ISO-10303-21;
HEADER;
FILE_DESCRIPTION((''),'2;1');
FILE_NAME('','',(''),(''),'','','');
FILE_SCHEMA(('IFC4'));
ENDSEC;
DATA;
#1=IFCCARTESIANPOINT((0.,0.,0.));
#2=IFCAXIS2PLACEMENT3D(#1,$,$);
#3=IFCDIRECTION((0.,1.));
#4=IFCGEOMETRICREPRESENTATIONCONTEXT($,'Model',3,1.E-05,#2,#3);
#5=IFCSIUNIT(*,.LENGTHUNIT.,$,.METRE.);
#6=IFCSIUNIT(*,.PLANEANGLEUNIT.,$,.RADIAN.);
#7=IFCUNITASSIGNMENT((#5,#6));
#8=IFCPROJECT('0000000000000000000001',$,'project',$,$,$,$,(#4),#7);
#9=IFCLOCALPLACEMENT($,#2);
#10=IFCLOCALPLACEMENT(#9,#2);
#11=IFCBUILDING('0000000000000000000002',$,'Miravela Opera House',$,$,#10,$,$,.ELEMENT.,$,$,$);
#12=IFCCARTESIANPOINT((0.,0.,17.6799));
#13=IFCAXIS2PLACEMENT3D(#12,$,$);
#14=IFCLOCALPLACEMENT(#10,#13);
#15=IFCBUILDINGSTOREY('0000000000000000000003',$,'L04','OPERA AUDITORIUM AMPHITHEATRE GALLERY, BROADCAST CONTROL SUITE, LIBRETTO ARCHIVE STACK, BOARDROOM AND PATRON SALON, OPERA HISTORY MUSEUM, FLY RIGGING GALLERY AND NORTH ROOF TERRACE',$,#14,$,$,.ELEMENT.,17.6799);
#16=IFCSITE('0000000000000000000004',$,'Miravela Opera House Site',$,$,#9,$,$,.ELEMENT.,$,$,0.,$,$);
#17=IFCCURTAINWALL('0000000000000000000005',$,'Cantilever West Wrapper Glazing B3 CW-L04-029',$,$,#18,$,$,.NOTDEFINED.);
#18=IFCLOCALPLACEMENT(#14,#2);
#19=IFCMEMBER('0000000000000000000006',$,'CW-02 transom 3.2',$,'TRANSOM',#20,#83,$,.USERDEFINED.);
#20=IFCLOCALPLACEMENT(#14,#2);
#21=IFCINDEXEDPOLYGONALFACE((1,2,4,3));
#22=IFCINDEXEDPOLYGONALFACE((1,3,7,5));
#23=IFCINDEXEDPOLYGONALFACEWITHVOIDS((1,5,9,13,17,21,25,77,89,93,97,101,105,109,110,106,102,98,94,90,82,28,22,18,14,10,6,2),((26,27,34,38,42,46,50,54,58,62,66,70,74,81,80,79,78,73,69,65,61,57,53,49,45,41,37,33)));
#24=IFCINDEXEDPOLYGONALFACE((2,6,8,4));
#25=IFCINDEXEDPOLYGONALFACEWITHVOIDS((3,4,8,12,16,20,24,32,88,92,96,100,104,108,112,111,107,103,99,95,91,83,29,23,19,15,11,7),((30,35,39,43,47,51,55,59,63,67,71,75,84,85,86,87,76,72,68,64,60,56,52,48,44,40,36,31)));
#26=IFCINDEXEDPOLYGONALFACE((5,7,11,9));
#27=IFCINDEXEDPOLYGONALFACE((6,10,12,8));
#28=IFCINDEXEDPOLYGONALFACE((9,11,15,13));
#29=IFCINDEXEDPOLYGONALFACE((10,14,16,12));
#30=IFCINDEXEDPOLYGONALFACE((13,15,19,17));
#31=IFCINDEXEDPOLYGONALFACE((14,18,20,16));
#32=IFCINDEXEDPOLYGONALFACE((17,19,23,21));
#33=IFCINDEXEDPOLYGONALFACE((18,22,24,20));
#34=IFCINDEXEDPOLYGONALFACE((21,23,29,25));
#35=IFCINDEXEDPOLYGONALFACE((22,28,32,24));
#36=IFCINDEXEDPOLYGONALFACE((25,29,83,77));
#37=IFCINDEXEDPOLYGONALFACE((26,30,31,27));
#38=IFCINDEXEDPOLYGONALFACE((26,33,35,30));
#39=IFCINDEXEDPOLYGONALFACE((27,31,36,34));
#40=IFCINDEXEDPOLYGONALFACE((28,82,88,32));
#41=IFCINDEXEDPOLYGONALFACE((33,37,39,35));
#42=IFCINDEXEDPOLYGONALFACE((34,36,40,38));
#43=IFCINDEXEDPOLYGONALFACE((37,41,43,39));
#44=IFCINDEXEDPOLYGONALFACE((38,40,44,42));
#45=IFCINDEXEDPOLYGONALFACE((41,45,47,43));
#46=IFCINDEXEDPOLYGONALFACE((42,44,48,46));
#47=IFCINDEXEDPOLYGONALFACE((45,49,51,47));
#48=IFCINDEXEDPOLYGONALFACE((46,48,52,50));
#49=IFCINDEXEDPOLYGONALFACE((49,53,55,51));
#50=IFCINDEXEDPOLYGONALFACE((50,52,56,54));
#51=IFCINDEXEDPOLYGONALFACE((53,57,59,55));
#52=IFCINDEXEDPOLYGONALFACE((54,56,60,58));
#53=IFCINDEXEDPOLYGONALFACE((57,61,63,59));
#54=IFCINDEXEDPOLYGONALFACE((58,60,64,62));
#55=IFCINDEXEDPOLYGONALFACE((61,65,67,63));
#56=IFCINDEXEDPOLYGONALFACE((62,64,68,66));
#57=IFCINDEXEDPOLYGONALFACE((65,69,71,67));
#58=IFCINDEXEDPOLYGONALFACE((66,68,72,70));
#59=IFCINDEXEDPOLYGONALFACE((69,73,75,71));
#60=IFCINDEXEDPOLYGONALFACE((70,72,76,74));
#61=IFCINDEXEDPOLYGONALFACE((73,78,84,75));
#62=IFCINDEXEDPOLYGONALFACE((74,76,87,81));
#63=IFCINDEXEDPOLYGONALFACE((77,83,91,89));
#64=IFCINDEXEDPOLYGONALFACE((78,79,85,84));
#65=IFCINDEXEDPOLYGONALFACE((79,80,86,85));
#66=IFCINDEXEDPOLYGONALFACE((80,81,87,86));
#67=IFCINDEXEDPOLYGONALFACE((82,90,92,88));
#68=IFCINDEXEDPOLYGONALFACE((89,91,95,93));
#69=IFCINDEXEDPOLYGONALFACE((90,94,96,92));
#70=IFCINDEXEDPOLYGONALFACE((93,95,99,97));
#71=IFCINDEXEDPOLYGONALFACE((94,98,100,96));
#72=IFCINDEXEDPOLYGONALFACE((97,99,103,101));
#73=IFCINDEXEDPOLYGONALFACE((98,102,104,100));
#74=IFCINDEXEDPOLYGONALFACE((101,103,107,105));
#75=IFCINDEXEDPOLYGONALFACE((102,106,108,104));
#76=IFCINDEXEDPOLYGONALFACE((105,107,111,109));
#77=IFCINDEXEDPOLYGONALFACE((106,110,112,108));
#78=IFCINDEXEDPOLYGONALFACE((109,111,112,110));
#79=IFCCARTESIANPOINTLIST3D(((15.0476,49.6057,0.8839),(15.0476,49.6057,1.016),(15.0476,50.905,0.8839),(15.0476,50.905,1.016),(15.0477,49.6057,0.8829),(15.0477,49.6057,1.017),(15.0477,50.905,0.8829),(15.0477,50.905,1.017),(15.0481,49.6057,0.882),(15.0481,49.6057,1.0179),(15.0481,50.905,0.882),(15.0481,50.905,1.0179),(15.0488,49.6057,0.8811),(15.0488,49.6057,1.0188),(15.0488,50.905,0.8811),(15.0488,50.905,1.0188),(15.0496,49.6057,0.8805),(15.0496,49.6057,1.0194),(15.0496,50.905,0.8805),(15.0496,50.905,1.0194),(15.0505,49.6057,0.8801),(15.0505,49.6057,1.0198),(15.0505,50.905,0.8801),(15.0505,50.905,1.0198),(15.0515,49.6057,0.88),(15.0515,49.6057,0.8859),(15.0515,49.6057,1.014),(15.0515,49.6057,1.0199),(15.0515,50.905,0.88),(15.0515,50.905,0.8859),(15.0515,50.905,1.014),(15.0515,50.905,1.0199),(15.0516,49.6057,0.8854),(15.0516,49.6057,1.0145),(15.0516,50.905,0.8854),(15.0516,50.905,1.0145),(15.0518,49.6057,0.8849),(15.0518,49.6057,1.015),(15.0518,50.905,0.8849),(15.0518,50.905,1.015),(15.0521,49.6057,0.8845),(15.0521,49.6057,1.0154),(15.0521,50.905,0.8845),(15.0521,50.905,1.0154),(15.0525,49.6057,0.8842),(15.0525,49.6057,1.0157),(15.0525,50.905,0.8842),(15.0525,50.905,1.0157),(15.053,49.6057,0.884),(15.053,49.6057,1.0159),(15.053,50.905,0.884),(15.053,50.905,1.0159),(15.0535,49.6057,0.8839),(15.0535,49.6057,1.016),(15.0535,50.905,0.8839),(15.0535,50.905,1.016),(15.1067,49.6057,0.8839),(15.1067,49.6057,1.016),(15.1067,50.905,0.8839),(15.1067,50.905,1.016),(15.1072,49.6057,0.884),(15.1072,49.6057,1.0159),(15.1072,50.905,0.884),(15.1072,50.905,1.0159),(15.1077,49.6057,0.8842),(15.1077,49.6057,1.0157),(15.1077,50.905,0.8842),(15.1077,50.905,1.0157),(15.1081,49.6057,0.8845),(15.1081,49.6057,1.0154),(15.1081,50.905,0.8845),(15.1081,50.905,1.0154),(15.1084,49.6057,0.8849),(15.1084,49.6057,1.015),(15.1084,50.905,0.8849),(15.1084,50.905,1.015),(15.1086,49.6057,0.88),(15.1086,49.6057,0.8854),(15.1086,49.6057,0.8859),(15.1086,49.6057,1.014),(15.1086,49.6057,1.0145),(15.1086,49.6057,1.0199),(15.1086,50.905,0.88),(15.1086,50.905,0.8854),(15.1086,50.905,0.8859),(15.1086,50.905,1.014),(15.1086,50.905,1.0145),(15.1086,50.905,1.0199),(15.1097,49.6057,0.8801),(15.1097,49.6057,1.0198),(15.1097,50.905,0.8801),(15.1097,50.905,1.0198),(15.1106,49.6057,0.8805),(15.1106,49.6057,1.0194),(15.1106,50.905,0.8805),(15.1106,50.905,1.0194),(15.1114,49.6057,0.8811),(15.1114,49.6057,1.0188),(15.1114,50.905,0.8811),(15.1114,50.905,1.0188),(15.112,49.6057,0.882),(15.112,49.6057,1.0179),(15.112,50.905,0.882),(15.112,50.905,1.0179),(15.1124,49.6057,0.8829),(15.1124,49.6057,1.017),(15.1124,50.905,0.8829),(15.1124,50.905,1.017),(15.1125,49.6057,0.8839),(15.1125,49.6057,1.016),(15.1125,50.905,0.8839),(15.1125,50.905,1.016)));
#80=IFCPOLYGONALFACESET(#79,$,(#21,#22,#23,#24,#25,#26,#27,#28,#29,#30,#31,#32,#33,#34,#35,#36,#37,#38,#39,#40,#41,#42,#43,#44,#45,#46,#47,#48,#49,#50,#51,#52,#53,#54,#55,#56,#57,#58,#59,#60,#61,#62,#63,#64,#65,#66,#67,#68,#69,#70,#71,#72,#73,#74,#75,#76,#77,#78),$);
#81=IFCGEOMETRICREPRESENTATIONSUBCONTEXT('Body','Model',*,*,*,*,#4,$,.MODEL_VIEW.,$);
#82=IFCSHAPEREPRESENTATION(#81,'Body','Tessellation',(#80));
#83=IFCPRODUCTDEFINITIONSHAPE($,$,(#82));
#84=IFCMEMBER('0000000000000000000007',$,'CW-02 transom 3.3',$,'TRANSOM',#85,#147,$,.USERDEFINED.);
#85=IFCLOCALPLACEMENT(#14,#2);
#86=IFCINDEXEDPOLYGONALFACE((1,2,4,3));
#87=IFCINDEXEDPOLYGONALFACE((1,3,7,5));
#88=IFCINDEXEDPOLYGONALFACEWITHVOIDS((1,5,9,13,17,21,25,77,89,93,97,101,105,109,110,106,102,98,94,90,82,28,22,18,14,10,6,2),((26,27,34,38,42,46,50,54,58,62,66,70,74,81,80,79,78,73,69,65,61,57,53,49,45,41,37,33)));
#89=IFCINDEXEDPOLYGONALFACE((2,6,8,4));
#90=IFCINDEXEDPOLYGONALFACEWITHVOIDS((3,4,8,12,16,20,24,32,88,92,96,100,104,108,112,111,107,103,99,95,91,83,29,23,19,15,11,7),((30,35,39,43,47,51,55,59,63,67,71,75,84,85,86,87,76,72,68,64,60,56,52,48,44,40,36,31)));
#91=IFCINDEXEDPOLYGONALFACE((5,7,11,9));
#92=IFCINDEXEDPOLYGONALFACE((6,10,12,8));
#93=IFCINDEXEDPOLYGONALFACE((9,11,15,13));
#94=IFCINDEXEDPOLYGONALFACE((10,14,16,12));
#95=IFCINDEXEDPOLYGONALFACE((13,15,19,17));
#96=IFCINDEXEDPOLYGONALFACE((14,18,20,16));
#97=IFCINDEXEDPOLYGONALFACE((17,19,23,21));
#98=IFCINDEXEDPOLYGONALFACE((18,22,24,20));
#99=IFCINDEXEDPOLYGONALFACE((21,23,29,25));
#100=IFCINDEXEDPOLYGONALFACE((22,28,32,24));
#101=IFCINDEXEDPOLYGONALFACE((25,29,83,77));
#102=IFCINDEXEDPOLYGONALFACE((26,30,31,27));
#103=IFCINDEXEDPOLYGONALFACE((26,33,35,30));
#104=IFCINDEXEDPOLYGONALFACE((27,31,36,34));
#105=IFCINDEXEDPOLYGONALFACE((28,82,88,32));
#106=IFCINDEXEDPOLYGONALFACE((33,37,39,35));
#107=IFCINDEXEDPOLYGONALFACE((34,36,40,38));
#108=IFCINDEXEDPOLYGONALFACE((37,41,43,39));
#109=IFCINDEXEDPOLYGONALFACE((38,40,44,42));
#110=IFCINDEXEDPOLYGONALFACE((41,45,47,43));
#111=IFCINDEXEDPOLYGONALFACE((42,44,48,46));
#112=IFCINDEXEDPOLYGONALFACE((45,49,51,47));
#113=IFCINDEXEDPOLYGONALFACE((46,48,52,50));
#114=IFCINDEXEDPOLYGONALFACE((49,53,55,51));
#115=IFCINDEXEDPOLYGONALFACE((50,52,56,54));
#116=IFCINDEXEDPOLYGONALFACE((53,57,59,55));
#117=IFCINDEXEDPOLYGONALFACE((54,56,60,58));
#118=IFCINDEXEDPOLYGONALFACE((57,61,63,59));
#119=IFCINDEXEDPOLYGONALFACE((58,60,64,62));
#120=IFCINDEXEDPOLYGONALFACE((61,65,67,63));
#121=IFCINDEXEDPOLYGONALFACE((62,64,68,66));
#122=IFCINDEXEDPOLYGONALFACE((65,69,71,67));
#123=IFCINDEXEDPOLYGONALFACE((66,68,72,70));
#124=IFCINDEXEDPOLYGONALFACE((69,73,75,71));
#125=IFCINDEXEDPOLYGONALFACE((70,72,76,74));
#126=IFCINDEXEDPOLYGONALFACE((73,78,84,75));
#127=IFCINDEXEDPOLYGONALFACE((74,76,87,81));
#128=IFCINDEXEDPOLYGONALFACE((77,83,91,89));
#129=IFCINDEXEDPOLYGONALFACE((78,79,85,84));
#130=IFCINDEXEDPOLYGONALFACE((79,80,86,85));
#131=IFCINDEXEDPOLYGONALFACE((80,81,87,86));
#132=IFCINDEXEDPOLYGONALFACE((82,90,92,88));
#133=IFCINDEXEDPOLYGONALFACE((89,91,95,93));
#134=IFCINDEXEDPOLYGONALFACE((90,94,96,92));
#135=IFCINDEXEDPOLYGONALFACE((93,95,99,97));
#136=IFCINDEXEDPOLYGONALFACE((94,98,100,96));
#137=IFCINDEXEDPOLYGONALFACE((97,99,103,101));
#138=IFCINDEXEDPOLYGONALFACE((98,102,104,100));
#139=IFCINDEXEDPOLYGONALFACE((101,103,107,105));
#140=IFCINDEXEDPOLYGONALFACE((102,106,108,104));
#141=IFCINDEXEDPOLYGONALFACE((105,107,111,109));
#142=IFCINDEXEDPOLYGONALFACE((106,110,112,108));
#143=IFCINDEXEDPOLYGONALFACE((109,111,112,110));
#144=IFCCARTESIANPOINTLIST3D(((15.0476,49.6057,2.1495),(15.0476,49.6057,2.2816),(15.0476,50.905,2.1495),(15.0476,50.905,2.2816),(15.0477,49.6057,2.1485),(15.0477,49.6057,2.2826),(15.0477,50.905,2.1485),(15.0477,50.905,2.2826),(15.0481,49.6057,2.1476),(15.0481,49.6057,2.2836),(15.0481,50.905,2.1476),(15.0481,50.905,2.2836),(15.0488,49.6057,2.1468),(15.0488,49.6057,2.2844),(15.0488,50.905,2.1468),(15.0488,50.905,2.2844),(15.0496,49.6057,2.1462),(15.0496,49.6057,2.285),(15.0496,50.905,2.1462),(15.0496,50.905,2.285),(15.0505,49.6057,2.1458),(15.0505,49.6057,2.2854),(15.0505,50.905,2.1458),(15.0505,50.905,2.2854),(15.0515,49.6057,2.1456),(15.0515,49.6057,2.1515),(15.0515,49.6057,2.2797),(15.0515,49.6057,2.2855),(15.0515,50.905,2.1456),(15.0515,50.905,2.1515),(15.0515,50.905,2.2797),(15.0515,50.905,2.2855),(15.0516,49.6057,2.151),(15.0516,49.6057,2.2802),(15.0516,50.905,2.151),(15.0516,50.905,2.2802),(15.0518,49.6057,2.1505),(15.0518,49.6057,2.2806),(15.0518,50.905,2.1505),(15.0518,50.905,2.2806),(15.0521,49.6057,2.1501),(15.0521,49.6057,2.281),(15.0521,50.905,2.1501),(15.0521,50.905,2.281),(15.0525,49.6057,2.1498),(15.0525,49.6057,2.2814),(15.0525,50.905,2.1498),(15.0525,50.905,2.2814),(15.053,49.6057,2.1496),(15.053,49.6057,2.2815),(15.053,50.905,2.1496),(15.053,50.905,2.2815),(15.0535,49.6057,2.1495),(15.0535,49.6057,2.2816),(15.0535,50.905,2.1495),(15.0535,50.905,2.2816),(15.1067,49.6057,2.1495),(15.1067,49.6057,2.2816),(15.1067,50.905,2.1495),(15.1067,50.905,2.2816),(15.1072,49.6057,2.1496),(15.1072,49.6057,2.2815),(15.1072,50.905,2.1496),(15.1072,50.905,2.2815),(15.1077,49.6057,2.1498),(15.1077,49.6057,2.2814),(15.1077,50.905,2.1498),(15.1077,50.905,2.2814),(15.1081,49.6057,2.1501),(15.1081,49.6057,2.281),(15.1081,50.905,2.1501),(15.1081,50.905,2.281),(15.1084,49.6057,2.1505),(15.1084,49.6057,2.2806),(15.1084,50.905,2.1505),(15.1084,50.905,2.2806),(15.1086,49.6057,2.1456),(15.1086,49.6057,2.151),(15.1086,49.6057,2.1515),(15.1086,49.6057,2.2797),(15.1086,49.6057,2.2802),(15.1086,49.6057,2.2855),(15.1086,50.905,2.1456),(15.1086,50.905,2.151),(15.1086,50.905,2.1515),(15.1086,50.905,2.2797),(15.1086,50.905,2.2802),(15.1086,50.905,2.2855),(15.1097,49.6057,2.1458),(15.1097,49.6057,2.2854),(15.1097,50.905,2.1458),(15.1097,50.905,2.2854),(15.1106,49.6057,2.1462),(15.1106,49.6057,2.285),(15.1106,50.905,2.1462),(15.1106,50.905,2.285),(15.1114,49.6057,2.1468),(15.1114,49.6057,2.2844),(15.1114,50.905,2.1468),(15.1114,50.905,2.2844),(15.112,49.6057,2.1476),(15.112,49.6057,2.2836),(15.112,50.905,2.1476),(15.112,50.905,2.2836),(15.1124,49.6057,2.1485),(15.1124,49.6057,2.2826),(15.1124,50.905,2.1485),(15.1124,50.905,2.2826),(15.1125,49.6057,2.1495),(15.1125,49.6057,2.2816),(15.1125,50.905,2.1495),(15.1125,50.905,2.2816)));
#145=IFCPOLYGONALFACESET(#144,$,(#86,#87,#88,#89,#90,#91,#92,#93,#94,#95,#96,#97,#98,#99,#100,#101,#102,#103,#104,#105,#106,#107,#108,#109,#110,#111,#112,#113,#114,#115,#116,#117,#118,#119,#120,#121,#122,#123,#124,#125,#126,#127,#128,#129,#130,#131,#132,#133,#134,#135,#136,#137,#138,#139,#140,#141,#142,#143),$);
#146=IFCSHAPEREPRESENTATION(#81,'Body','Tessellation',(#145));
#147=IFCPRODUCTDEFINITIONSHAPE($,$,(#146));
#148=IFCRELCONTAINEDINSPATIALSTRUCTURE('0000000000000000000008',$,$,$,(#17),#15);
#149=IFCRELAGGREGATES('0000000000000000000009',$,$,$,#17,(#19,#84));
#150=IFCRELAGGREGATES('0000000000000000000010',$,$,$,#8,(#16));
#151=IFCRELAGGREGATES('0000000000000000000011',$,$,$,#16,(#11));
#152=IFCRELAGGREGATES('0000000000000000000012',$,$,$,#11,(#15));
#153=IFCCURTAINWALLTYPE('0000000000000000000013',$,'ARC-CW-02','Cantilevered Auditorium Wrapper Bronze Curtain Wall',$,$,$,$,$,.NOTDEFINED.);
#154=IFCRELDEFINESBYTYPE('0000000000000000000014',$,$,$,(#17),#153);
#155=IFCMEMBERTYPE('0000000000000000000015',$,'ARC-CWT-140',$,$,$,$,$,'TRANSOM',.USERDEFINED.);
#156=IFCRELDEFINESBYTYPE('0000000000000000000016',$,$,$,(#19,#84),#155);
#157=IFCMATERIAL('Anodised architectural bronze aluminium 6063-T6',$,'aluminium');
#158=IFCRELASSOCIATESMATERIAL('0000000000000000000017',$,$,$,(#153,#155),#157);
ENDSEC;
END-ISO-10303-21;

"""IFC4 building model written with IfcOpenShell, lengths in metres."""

from ifc_helpers import new_model, si_unit, direction, frame, origin, origin_2d, place, context, subcontext, project, spatial, hollow_rectangle, extrude, material, material_profile, profile_set, type_object, element, aggregate, save


model = new_model("IFC4")

# Units and contexts
model_context = context("Model", 3, precision=1e-05, world=origin(), true_north=direction((0.0, 1.0)))
body_context = subcontext(model_context, "Body", "Model", "MODEL_VIEW")
ifc_project = project(units=[si_unit("LENGTHUNIT", "METRE"), si_unit("PLANEANGLEUNIT", "RADIAN")], contexts=[model_context])

# Site, building, storey
site_placement = place(None, origin())
site = spatial("IfcSite", under=ifc_project, at=site_placement, Name="Miravela Opera House Site", CompositionType="ELEMENT", RefElevation=0.0)
building_placement = place(site_placement, origin())
building = spatial("IfcBuilding", under=site, at=building_placement, Name="Miravela Opera House", CompositionType="ELEMENT")
storey_placement = place(building_placement, frame((0.0, 0.0, 17.6799)))
storey = spatial("IfcBuildingStorey", under=building, at=storey_placement, Name="L04", Description="OPERA AUDITORIUM AMPHITHEATRE GALLERY, BROADCAST CONTROL SUITE, LIBRETTO ARCHIVE STACK, BOARDROOM AND PATRON SALON, OPERA HISTORY MUSEUM, FLY RIGGING GALLERY AND NORTH ROOF TERRACE", CompositionType="ELEMENT", Elevation=17.6799)

# Curtain wall
ifc_material_1 = material(Name="Anodised architectural bronze aluminium 6063-T6", Category="aluminium")
curtain_wall_type = type_object("IfcCurtainWallType", Name="ARC-CW-02", Description="Cantilevered Auditorium Wrapper Bronze Curtain Wall", PredefinedType="NOTDEFINED", material=ifc_material_1)
curtain_wall_1_placement = place(storey_placement, origin())
curtain_wall_1 = element("IfcCurtainWall", 1, at=curtain_wall_1_placement, inside=storey, type_object=curtain_wall_type, Name="Cantilever West Wrapper Glazing B3 CW-L04-029", PredefinedType="NOTDEFINED")

# Members
ifc_material_profile_1 = material_profile(ifc_material_1, hollow_rectangle(XDim=0.0649, YDim=0.1399, WallThickness=0.0039, InnerFilletRadius=0.002, OuterFilletRadius=0.0039, at=origin_2d()), Name="CWT-65X140")
ifc_profile_set_1 = profile_set([ifc_material_profile_1])
member_type_1 = type_object("IfcMemberType", Name="ARC-CWT-140", ElementType="TRANSOM", PredefinedType="USERDEFINED", material=ifc_profile_set_1)
member_1_placement = place(storey_placement, frame((15.0801, 49.6057, 0.95), z_axis=(0.0, 1.0, 0.0), x_axis=(-1.0, 0.0, 0.0)))
member_1 = element("IfcMember", 2, at=member_1_placement, type_object=member_type_1, Name="CW-02 transom 3.2", ObjectType="TRANSOM", PredefinedType="USERDEFINED", context=body_context, shape_type="SweptSolid", body=[
    extrude(hollow_rectangle(XDim=0.0649, YDim=0.1399, WallThickness=0.0039, InnerFilletRadius=0.002, OuterFilletRadius=0.0039, at=origin_2d()), origin(), (0.0, 0.0, 1.0), 1.2993),
])
member_2_placement = place(storey_placement, frame((15.0801, 49.6057, 2.2156), z_axis=(0.0, 1.0, 0.0), x_axis=(-1.0, 0.0, 0.0)))
member_2 = element("IfcMember", 3, at=member_2_placement, type_object=member_type_1, Name="CW-02 transom 3.3", ObjectType="TRANSOM", PredefinedType="USERDEFINED", context=body_context, shape_type="SweptSolid", body=[
    extrude(hollow_rectangle(XDim=0.0649, YDim=0.1399, WallThickness=0.0039, InnerFilletRadius=0.002, OuterFilletRadius=0.0039, at=origin_2d()), origin(), (0.0, 0.0, 1.0), 1.2993),
])

aggregate(curtain_wall_1, [member_1, member_2])

save(model, "model.ifc")
